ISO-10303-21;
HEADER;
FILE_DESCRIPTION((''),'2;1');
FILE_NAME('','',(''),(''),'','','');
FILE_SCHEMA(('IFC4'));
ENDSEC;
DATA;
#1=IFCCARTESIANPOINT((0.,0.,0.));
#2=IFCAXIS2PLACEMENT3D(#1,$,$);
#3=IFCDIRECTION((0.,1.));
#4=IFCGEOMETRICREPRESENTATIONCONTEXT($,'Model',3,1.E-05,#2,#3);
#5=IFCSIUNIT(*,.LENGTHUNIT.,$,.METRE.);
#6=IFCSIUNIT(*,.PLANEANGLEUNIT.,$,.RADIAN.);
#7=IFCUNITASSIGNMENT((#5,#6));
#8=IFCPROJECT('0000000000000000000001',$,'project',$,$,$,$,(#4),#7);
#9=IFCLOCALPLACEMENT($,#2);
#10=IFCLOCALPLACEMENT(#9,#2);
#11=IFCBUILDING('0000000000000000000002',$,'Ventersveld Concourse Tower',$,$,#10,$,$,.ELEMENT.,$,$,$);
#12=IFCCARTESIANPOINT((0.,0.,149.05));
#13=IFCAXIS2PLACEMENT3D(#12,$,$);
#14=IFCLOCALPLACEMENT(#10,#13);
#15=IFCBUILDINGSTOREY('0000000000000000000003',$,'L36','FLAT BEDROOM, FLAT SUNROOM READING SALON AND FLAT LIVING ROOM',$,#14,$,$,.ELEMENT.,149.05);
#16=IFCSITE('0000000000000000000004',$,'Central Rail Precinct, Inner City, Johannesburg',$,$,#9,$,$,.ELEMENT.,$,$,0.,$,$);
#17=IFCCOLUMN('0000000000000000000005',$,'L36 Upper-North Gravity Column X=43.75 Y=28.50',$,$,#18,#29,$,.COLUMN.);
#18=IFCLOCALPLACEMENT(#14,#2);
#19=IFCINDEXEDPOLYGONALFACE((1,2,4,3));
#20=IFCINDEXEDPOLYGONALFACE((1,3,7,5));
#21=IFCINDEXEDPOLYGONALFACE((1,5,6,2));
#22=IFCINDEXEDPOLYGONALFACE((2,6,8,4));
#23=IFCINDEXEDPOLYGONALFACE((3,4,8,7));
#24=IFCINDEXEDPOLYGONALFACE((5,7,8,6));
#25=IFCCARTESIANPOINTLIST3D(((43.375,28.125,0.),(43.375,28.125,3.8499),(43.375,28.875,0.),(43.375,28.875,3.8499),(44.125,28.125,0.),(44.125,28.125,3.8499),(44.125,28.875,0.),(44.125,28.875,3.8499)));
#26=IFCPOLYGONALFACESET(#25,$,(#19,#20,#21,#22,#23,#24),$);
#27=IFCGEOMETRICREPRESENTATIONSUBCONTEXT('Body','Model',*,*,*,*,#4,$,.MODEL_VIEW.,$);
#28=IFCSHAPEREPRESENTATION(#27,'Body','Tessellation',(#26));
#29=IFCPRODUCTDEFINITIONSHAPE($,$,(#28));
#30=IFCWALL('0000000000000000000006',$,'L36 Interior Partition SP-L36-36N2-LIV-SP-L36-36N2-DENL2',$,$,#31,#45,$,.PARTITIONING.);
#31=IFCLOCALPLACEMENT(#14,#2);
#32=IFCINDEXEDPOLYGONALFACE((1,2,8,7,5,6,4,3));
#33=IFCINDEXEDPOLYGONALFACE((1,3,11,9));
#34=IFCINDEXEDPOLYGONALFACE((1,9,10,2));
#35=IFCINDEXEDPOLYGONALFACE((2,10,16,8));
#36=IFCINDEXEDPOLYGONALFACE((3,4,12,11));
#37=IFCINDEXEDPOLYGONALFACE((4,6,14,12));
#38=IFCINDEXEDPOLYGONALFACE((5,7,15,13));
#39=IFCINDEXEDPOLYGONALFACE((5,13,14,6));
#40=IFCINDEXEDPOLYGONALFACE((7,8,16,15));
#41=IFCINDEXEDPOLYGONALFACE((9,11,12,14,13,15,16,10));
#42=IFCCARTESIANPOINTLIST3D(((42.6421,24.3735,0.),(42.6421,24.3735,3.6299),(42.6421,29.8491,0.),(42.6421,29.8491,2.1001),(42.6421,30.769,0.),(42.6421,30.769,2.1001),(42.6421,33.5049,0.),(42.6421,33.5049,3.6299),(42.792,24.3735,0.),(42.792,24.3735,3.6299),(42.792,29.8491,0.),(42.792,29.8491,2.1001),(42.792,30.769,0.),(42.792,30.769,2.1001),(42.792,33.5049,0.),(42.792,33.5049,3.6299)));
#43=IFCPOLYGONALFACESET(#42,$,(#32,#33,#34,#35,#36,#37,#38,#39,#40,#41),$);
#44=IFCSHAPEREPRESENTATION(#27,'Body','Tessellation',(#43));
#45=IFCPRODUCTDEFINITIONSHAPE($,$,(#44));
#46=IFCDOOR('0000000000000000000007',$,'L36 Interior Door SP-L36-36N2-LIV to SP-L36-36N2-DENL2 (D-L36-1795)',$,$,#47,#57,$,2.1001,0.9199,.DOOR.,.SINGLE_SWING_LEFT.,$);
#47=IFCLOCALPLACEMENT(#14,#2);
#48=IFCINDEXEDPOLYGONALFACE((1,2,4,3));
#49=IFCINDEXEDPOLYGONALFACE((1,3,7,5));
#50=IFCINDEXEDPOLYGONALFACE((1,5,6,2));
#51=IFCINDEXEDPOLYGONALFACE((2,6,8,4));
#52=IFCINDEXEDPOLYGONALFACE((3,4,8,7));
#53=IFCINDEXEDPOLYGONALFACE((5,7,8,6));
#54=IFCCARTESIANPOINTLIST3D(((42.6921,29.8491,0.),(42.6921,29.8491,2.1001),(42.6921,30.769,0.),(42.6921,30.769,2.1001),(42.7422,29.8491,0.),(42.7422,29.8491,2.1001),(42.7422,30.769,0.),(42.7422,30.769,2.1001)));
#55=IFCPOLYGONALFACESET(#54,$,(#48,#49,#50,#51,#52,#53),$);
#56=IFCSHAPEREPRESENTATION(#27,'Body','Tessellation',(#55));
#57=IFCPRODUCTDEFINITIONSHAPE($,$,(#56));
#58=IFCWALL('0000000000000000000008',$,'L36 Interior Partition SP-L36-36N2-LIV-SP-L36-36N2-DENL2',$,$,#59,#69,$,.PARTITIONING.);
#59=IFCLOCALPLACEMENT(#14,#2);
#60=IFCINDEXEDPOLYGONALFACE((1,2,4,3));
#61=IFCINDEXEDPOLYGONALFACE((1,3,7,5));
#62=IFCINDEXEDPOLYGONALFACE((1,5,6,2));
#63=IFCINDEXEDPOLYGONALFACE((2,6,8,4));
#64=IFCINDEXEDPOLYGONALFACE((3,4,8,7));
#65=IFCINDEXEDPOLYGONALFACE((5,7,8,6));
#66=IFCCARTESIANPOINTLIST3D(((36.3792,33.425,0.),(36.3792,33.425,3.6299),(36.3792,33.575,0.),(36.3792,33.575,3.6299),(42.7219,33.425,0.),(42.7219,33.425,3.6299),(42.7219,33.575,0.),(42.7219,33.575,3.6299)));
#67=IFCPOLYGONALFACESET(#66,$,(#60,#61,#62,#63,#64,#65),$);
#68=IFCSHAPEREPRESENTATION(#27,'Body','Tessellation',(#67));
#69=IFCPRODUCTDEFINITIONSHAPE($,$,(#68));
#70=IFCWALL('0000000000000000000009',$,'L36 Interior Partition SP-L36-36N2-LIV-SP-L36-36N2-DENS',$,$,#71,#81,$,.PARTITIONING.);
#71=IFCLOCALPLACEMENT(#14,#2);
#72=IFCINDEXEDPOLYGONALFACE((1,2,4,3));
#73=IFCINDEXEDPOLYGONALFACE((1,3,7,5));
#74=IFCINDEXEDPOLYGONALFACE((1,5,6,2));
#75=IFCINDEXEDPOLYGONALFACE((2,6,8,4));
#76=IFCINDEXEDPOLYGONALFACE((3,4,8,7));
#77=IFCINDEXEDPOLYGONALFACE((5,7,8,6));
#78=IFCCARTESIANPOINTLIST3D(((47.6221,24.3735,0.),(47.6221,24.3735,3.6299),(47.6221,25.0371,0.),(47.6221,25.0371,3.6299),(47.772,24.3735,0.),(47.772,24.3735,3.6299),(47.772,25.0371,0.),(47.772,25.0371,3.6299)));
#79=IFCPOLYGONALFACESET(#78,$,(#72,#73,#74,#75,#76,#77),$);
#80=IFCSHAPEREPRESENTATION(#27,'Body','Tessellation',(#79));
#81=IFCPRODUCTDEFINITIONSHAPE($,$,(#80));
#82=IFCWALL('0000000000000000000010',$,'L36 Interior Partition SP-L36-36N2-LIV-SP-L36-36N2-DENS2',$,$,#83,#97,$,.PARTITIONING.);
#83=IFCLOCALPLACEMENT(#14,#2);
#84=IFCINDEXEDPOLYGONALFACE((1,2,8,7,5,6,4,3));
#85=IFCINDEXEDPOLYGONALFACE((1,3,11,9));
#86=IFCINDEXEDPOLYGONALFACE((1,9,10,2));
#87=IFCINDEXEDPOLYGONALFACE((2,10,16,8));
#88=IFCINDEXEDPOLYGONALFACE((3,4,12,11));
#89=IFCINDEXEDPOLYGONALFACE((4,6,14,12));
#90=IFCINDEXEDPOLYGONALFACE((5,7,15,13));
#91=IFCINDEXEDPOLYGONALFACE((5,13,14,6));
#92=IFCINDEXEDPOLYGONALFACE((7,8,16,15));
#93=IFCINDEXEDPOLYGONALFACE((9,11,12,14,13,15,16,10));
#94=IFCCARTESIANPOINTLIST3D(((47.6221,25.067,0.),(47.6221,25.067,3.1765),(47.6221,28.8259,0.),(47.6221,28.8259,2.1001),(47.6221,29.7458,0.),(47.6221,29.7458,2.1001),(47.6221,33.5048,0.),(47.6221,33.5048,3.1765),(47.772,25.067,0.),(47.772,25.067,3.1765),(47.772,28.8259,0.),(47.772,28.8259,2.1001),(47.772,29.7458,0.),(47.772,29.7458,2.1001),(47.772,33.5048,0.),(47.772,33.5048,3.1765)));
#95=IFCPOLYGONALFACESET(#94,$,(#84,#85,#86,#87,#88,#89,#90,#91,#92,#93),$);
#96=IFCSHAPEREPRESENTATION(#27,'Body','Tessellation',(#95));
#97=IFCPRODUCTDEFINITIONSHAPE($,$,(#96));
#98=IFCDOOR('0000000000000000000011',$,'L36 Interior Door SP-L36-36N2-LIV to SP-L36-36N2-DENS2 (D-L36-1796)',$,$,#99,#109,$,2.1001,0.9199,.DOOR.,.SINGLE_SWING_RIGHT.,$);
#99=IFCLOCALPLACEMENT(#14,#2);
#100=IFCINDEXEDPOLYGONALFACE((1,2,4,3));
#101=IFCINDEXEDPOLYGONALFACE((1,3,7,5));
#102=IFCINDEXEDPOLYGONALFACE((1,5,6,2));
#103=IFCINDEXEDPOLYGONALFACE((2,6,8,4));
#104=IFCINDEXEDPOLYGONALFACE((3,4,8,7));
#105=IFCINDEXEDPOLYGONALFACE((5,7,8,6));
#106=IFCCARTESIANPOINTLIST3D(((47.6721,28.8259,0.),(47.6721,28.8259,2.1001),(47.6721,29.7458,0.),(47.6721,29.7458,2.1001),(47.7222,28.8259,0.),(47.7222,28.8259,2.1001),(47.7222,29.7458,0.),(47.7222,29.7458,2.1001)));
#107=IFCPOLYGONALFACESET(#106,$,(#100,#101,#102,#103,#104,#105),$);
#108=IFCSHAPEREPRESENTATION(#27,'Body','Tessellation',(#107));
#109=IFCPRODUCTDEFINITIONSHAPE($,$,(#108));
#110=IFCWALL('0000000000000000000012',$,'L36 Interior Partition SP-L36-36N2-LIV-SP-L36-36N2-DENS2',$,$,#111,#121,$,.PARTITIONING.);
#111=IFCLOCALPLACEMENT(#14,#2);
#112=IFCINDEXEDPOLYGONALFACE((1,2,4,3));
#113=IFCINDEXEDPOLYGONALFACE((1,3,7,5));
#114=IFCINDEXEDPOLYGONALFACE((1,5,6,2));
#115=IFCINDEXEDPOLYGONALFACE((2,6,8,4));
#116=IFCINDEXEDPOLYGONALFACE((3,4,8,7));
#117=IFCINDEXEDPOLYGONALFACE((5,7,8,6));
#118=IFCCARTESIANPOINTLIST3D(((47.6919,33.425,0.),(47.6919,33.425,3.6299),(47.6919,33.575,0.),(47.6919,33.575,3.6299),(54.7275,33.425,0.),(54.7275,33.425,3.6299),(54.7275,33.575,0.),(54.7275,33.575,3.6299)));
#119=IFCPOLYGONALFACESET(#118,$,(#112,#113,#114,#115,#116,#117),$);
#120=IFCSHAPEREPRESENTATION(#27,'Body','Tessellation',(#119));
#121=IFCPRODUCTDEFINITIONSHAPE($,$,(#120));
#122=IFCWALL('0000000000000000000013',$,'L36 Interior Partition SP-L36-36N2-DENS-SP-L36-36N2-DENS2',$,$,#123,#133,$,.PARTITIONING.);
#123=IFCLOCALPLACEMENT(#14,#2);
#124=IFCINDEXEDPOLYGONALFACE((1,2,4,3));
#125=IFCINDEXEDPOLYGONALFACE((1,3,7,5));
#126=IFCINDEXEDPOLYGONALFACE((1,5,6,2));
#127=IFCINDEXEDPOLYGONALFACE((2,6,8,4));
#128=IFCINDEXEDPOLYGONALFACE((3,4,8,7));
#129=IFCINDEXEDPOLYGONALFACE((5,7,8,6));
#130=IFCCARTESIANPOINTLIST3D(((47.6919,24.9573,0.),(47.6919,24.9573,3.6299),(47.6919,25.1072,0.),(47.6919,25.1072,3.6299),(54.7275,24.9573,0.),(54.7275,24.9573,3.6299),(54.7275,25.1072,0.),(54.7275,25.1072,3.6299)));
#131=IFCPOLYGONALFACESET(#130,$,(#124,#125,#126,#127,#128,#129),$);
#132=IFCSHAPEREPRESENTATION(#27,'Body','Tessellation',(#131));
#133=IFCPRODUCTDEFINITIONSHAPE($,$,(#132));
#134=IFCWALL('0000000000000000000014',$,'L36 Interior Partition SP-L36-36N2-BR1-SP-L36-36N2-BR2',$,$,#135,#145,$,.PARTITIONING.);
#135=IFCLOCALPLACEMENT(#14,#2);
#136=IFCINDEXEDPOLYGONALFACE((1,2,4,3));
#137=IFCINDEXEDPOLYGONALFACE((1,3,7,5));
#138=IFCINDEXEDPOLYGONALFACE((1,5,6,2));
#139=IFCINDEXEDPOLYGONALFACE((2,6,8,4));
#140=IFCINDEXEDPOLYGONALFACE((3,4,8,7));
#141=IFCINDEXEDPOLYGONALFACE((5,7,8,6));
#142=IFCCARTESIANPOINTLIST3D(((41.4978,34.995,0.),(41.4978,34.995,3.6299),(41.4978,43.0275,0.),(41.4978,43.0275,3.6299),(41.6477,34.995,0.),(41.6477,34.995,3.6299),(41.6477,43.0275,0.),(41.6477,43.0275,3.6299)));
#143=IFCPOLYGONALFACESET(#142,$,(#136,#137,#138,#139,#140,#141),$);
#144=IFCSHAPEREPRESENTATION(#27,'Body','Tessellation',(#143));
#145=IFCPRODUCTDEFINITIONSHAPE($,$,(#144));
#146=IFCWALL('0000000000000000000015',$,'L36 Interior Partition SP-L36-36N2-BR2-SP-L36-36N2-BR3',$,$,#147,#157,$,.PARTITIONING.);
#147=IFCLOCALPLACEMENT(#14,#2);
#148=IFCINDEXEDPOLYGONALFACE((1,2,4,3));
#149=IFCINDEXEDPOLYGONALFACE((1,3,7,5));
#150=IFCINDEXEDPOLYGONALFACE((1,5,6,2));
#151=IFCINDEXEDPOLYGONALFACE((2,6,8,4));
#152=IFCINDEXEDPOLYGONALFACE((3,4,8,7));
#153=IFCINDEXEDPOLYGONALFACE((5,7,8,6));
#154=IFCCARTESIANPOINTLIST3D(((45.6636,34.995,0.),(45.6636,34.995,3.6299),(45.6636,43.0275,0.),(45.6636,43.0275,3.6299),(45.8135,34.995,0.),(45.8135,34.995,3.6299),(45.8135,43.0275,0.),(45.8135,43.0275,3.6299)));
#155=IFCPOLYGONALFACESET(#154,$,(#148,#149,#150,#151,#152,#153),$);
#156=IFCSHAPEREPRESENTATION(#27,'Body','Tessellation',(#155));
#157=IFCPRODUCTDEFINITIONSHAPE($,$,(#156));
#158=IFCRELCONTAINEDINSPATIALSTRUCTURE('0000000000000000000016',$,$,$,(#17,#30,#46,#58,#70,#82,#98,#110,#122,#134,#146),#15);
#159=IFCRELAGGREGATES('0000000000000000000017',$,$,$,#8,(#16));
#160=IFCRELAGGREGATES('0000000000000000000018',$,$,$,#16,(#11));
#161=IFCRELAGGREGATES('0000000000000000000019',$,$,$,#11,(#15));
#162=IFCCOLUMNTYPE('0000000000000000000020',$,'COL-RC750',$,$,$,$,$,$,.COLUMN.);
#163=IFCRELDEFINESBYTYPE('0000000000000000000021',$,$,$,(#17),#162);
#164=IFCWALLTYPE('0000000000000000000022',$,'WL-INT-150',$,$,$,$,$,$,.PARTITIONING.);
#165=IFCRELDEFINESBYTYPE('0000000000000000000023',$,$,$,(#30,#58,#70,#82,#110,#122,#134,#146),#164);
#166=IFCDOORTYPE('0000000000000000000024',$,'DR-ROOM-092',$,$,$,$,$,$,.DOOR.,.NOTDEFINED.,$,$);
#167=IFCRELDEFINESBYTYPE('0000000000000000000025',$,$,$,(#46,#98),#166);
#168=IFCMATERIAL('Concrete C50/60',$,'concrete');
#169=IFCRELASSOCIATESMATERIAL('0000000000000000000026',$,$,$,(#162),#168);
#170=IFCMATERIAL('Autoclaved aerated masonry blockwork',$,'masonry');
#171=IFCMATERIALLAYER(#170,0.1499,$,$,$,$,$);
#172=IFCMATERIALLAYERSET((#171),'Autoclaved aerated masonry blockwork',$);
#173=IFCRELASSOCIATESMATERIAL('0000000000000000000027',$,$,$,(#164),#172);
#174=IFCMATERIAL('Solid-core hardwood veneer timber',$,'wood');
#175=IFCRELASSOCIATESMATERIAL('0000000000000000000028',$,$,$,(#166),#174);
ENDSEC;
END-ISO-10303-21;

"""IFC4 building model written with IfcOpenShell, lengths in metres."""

from ifc_helpers import new_model, si_unit, direction, frame, frame_2d, origin, origin_2d, place, context, subcontext, project, spatial, rectangle, extrude, material, layer, layer_set, material_profile, profile_set, type_object, element, fill, save


model = new_model("IFC4")

# Units and contexts
model_context = context("Model", 3, precision=1e-05, world=origin(), true_north=direction((0.0, 1.0)))
body_context = subcontext(model_context, "Body", "Model", "MODEL_VIEW")
ifc_project = project(units=[si_unit("LENGTHUNIT", "METRE"), si_unit("PLANEANGLEUNIT", "RADIAN")], contexts=[model_context])

# Site, building, storey
site_placement = place(None, origin())
site = spatial("IfcSite", under=ifc_project, at=site_placement, Name="Central Rail Precinct, Inner City, Johannesburg", CompositionType="ELEMENT", RefElevation=0.0)
building_placement = place(site_placement, origin())
building = spatial("IfcBuilding", under=site, at=building_placement, Name="Ventersveld Concourse Tower", CompositionType="ELEMENT")
storey_placement = place(building_placement, frame((0.0, 0.0, 149.05)))
storey = spatial("IfcBuildingStorey", under=building, at=storey_placement, Name="L36", Description="FLAT BEDROOM, FLAT SUNROOM READING SALON AND FLAT LIVING ROOM", CompositionType="ELEMENT", Elevation=149.05)

# Column
ifc_material_1 = material(Name="Concrete C50/60", Category="concrete")
ifc_material_profile = material_profile(ifc_material_1, rectangle(XDim=0.75, YDim=0.75, at=origin_2d()), Name="RC 750x750")
ifc_profile_set = profile_set([ifc_material_profile], Name="Concrete C50/60")
column_type = type_object("IfcColumnType", Name="COL-RC750", PredefinedType="COLUMN", material=ifc_profile_set)
column_placement = place(storey_placement, frame((43.75, 28.5, 0.0), z_axis=(0.0, 0.0, 1.0), x_axis=(1.0, 0.0, 0.0)))
element("IfcColumn", 1, at=column_placement, inside=storey, type_object=column_type, Name="L36 Upper-North Gravity Column X=43.75 Y=28.50", PredefinedType="COLUMN", context=body_context, shape_type="SweptSolid", body=[
    extrude(rectangle(XDim=0.75, YDim=0.75, at=origin_2d()), origin(), (0.0, 0.0, 1.0), 3.8499),
])

# Wall, opening, door
ifc_material_2 = material(Name="Autoclaved aerated masonry blockwork", Category="masonry")
ifc_layer = layer(ifc_material_2, 0.1499)
ifc_layer_set = layer_set([ifc_layer], Name="Autoclaved aerated masonry blockwork")
wall_type = type_object("IfcWallType", Name="WL-INT-150", PredefinedType="PARTITIONING", material=ifc_layer_set)
wall_1_placement = place(storey_placement, frame((42.717, 24.3735, 0.0), z_axis=(0.0, 0.0, 1.0), x_axis=(0.0, 1.0, 0.0)))
wall_1 = element("IfcWall", 2, at=wall_1_placement, inside=storey, type_object=wall_type, Name="L36 Interior Partition SP-L36-36N2-LIV-SP-L36-36N2-DENL2", PredefinedType="PARTITIONING", context=body_context, shape_type="SweptSolid", body=[
    extrude(rectangle(XDim=9.1313, YDim=0.1499, at=frame_2d((4.5657, 0.0))), origin(), (0.0, 0.0, 1.0), 3.6299),
])
opening_1_placement = place(wall_1_placement, frame((5.4756, 0.0, 0.0)))
opening_1 = element("IfcOpeningElement", 3, at=opening_1_placement, cuts=wall_1, PredefinedType="OPENING", context=body_context, shape_type="SweptSolid", body=[
    extrude(rectangle(XDim=0.9199, YDim=2.1001, at=frame_2d((0.46, 1.05))), frame((0.0, 0.085, 0.0), z_axis=(0.0, -1.0, 0.0), x_axis=(1.0, 0.0, 0.0)), (0.0, 0.0, 1.0), 0.1699),
])
ifc_material_3 = material(Name="Solid-core hardwood veneer timber", Category="wood")
door_type = type_object("IfcDoorType", Name="DR-ROOM-092", OperationType="NOTDEFINED", PredefinedType="DOOR", material=ifc_material_3)
door_1_placement = place(opening_1_placement, origin())
door_1 = element("IfcDoor", 4, at=door_1_placement, inside=storey, type_object=door_type, Name="L36 Interior Door SP-L36-36N2-LIV to SP-L36-36N2-DENL2 (D-L36-1795)", OperationType="SINGLE_SWING_LEFT", OverallHeight=2.1001, OverallWidth=0.9199, PredefinedType="DOOR", context=body_context, shape_type="SweptSolid", body=[
    extrude(rectangle(XDim=0.9199, YDim=2.1001, at=frame_2d((0.46, 1.05))), frame((0.0, 0.0249, 0.0), z_axis=(0.0, -1.0, 0.0), x_axis=(1.0, 0.0, 0.0)), (0.0, 0.0, 1.0), 0.05),
])
fill(opening_1, door_1)

# Walls
wall_2_placement = place(storey_placement, frame((36.3792, 33.5, 0.0), z_axis=(0.0, 0.0, 1.0), x_axis=(1.0, 0.0, 0.0)))
element("IfcWall", 5, at=wall_2_placement, inside=storey, type_object=wall_type, Name="L36 Interior Partition SP-L36-36N2-LIV-SP-L36-36N2-DENL2", PredefinedType="PARTITIONING", context=body_context, shape_type="SweptSolid", body=[
    extrude(rectangle(XDim=6.3428, YDim=0.1499, at=frame_2d((3.1714, 0.0))), origin(), (0.0, 0.0, 1.0), 3.6299),
])
wall_3_placement = place(storey_placement, frame((47.697, 24.3735, 0.0), z_axis=(0.0, 0.0, 1.0), x_axis=(0.0, 1.0, 0.0)))
element("IfcWall", 6, at=wall_3_placement, inside=storey, type_object=wall_type, Name="L36 Interior Partition SP-L36-36N2-LIV-SP-L36-36N2-DENS", PredefinedType="PARTITIONING", context=body_context, shape_type="SweptSolid", body=[
    extrude(rectangle(XDim=0.6636, YDim=0.1499, at=frame_2d((0.3318, 0.0))), origin(), (0.0, 0.0, 1.0), 3.6299),
])

# Wall, opening, door
wall_4_placement = place(storey_placement, frame((47.697, 25.0671, 0.0), z_axis=(0.0, 0.0, 1.0), x_axis=(0.0, 1.0, 0.0)))
wall_4 = element("IfcWall", 7, at=wall_4_placement, inside=storey, type_object=wall_type, Name="L36 Interior Partition SP-L36-36N2-LIV-SP-L36-36N2-DENS2", PredefinedType="PARTITIONING", context=body_context, shape_type="SweptSolid", body=[
    extrude(rectangle(XDim=8.4377, YDim=0.1499, at=frame_2d((4.2188, 0.0))), origin(), (0.0, 0.0, 1.0), 3.1765),
])
opening_2_placement = place(wall_4_placement, frame((3.7588, 0.0, 0.0)))
opening_2 = element("IfcOpeningElement", 8, at=opening_2_placement, cuts=wall_4, PredefinedType="OPENING", context=body_context, shape_type="SweptSolid", body=[
    extrude(rectangle(XDim=0.9199, YDim=2.1001, at=frame_2d((0.46, 1.05))), frame((0.0, 0.085, 0.0), z_axis=(0.0, -1.0, 0.0), x_axis=(1.0, 0.0, 0.0)), (0.0, 0.0, 1.0), 0.1699),
])
door_2_placement = place(opening_2_placement, origin())
door_2 = element("IfcDoor", 9, at=door_2_placement, inside=storey, type_object=door_type, Name="L36 Interior Door SP-L36-36N2-LIV to SP-L36-36N2-DENS2 (D-L36-1796)", OperationType="SINGLE_SWING_RIGHT", OverallHeight=2.1001, OverallWidth=0.9199, PredefinedType="DOOR", context=body_context, shape_type="SweptSolid", body=[
    extrude(rectangle(XDim=0.9199, YDim=2.1001, at=frame_2d((0.46, 1.05))), frame((0.0, 0.0249, 0.0), z_axis=(0.0, -1.0, 0.0), x_axis=(1.0, 0.0, 0.0)), (0.0, 0.0, 1.0), 0.05),
])
fill(opening_2, door_2)

# Walls
for number, where, z_axis, x_axis, name in (
    (10, (47.6919, 33.5, 0.0), (0.0, 0.0, 1.0), (1.0, 0.0, 0.0), "L36 Interior Partition SP-L36-36N2-LIV-SP-L36-36N2-DENS2"),
    (11, (47.6919, 25.0322, 0.0), (0.0, 0.0, 1.0), (1.0, 0.0, 0.0), "L36 Interior Partition SP-L36-36N2-DENS-SP-L36-36N2-DENS2"),
):
    element("IfcWall", number, at=place(storey_placement, frame(where, z_axis=z_axis, x_axis=x_axis)), inside=storey, type_object=wall_type, Name=name, PredefinedType="PARTITIONING", context=body_context, shape_type="SweptSolid", body=[
        extrude(rectangle(XDim=7.0356, YDim=0.1499, at=frame_2d((3.5178, 0.0))), origin(), (0.0, 0.0, 1.0), 3.6299),
    ])
for number, where, z_axis, x_axis, name in (
    (12, (41.5728, 34.9951, 0.0), (0.0, 0.0, 1.0), (0.0, 1.0, 0.0), "L36 Interior Partition SP-L36-36N2-BR1-SP-L36-36N2-BR2"),
    (13, (45.7385, 34.9951, 0.0), (0.0, 0.0, 1.0), (0.0, 1.0, 0.0), "L36 Interior Partition SP-L36-36N2-BR2-SP-L36-36N2-BR3"),
):
    element("IfcWall", number, at=place(storey_placement, frame(where, z_axis=z_axis, x_axis=x_axis)), inside=storey, type_object=wall_type, Name=name, PredefinedType="PARTITIONING", context=body_context, shape_type="SweptSolid", body=[
        extrude(rectangle(XDim=8.0325, YDim=0.1499, at=frame_2d((4.0161, 0.0))), origin(), (0.0, 0.0, 1.0), 3.6299),
    ])

save(model, "model.ifc")
